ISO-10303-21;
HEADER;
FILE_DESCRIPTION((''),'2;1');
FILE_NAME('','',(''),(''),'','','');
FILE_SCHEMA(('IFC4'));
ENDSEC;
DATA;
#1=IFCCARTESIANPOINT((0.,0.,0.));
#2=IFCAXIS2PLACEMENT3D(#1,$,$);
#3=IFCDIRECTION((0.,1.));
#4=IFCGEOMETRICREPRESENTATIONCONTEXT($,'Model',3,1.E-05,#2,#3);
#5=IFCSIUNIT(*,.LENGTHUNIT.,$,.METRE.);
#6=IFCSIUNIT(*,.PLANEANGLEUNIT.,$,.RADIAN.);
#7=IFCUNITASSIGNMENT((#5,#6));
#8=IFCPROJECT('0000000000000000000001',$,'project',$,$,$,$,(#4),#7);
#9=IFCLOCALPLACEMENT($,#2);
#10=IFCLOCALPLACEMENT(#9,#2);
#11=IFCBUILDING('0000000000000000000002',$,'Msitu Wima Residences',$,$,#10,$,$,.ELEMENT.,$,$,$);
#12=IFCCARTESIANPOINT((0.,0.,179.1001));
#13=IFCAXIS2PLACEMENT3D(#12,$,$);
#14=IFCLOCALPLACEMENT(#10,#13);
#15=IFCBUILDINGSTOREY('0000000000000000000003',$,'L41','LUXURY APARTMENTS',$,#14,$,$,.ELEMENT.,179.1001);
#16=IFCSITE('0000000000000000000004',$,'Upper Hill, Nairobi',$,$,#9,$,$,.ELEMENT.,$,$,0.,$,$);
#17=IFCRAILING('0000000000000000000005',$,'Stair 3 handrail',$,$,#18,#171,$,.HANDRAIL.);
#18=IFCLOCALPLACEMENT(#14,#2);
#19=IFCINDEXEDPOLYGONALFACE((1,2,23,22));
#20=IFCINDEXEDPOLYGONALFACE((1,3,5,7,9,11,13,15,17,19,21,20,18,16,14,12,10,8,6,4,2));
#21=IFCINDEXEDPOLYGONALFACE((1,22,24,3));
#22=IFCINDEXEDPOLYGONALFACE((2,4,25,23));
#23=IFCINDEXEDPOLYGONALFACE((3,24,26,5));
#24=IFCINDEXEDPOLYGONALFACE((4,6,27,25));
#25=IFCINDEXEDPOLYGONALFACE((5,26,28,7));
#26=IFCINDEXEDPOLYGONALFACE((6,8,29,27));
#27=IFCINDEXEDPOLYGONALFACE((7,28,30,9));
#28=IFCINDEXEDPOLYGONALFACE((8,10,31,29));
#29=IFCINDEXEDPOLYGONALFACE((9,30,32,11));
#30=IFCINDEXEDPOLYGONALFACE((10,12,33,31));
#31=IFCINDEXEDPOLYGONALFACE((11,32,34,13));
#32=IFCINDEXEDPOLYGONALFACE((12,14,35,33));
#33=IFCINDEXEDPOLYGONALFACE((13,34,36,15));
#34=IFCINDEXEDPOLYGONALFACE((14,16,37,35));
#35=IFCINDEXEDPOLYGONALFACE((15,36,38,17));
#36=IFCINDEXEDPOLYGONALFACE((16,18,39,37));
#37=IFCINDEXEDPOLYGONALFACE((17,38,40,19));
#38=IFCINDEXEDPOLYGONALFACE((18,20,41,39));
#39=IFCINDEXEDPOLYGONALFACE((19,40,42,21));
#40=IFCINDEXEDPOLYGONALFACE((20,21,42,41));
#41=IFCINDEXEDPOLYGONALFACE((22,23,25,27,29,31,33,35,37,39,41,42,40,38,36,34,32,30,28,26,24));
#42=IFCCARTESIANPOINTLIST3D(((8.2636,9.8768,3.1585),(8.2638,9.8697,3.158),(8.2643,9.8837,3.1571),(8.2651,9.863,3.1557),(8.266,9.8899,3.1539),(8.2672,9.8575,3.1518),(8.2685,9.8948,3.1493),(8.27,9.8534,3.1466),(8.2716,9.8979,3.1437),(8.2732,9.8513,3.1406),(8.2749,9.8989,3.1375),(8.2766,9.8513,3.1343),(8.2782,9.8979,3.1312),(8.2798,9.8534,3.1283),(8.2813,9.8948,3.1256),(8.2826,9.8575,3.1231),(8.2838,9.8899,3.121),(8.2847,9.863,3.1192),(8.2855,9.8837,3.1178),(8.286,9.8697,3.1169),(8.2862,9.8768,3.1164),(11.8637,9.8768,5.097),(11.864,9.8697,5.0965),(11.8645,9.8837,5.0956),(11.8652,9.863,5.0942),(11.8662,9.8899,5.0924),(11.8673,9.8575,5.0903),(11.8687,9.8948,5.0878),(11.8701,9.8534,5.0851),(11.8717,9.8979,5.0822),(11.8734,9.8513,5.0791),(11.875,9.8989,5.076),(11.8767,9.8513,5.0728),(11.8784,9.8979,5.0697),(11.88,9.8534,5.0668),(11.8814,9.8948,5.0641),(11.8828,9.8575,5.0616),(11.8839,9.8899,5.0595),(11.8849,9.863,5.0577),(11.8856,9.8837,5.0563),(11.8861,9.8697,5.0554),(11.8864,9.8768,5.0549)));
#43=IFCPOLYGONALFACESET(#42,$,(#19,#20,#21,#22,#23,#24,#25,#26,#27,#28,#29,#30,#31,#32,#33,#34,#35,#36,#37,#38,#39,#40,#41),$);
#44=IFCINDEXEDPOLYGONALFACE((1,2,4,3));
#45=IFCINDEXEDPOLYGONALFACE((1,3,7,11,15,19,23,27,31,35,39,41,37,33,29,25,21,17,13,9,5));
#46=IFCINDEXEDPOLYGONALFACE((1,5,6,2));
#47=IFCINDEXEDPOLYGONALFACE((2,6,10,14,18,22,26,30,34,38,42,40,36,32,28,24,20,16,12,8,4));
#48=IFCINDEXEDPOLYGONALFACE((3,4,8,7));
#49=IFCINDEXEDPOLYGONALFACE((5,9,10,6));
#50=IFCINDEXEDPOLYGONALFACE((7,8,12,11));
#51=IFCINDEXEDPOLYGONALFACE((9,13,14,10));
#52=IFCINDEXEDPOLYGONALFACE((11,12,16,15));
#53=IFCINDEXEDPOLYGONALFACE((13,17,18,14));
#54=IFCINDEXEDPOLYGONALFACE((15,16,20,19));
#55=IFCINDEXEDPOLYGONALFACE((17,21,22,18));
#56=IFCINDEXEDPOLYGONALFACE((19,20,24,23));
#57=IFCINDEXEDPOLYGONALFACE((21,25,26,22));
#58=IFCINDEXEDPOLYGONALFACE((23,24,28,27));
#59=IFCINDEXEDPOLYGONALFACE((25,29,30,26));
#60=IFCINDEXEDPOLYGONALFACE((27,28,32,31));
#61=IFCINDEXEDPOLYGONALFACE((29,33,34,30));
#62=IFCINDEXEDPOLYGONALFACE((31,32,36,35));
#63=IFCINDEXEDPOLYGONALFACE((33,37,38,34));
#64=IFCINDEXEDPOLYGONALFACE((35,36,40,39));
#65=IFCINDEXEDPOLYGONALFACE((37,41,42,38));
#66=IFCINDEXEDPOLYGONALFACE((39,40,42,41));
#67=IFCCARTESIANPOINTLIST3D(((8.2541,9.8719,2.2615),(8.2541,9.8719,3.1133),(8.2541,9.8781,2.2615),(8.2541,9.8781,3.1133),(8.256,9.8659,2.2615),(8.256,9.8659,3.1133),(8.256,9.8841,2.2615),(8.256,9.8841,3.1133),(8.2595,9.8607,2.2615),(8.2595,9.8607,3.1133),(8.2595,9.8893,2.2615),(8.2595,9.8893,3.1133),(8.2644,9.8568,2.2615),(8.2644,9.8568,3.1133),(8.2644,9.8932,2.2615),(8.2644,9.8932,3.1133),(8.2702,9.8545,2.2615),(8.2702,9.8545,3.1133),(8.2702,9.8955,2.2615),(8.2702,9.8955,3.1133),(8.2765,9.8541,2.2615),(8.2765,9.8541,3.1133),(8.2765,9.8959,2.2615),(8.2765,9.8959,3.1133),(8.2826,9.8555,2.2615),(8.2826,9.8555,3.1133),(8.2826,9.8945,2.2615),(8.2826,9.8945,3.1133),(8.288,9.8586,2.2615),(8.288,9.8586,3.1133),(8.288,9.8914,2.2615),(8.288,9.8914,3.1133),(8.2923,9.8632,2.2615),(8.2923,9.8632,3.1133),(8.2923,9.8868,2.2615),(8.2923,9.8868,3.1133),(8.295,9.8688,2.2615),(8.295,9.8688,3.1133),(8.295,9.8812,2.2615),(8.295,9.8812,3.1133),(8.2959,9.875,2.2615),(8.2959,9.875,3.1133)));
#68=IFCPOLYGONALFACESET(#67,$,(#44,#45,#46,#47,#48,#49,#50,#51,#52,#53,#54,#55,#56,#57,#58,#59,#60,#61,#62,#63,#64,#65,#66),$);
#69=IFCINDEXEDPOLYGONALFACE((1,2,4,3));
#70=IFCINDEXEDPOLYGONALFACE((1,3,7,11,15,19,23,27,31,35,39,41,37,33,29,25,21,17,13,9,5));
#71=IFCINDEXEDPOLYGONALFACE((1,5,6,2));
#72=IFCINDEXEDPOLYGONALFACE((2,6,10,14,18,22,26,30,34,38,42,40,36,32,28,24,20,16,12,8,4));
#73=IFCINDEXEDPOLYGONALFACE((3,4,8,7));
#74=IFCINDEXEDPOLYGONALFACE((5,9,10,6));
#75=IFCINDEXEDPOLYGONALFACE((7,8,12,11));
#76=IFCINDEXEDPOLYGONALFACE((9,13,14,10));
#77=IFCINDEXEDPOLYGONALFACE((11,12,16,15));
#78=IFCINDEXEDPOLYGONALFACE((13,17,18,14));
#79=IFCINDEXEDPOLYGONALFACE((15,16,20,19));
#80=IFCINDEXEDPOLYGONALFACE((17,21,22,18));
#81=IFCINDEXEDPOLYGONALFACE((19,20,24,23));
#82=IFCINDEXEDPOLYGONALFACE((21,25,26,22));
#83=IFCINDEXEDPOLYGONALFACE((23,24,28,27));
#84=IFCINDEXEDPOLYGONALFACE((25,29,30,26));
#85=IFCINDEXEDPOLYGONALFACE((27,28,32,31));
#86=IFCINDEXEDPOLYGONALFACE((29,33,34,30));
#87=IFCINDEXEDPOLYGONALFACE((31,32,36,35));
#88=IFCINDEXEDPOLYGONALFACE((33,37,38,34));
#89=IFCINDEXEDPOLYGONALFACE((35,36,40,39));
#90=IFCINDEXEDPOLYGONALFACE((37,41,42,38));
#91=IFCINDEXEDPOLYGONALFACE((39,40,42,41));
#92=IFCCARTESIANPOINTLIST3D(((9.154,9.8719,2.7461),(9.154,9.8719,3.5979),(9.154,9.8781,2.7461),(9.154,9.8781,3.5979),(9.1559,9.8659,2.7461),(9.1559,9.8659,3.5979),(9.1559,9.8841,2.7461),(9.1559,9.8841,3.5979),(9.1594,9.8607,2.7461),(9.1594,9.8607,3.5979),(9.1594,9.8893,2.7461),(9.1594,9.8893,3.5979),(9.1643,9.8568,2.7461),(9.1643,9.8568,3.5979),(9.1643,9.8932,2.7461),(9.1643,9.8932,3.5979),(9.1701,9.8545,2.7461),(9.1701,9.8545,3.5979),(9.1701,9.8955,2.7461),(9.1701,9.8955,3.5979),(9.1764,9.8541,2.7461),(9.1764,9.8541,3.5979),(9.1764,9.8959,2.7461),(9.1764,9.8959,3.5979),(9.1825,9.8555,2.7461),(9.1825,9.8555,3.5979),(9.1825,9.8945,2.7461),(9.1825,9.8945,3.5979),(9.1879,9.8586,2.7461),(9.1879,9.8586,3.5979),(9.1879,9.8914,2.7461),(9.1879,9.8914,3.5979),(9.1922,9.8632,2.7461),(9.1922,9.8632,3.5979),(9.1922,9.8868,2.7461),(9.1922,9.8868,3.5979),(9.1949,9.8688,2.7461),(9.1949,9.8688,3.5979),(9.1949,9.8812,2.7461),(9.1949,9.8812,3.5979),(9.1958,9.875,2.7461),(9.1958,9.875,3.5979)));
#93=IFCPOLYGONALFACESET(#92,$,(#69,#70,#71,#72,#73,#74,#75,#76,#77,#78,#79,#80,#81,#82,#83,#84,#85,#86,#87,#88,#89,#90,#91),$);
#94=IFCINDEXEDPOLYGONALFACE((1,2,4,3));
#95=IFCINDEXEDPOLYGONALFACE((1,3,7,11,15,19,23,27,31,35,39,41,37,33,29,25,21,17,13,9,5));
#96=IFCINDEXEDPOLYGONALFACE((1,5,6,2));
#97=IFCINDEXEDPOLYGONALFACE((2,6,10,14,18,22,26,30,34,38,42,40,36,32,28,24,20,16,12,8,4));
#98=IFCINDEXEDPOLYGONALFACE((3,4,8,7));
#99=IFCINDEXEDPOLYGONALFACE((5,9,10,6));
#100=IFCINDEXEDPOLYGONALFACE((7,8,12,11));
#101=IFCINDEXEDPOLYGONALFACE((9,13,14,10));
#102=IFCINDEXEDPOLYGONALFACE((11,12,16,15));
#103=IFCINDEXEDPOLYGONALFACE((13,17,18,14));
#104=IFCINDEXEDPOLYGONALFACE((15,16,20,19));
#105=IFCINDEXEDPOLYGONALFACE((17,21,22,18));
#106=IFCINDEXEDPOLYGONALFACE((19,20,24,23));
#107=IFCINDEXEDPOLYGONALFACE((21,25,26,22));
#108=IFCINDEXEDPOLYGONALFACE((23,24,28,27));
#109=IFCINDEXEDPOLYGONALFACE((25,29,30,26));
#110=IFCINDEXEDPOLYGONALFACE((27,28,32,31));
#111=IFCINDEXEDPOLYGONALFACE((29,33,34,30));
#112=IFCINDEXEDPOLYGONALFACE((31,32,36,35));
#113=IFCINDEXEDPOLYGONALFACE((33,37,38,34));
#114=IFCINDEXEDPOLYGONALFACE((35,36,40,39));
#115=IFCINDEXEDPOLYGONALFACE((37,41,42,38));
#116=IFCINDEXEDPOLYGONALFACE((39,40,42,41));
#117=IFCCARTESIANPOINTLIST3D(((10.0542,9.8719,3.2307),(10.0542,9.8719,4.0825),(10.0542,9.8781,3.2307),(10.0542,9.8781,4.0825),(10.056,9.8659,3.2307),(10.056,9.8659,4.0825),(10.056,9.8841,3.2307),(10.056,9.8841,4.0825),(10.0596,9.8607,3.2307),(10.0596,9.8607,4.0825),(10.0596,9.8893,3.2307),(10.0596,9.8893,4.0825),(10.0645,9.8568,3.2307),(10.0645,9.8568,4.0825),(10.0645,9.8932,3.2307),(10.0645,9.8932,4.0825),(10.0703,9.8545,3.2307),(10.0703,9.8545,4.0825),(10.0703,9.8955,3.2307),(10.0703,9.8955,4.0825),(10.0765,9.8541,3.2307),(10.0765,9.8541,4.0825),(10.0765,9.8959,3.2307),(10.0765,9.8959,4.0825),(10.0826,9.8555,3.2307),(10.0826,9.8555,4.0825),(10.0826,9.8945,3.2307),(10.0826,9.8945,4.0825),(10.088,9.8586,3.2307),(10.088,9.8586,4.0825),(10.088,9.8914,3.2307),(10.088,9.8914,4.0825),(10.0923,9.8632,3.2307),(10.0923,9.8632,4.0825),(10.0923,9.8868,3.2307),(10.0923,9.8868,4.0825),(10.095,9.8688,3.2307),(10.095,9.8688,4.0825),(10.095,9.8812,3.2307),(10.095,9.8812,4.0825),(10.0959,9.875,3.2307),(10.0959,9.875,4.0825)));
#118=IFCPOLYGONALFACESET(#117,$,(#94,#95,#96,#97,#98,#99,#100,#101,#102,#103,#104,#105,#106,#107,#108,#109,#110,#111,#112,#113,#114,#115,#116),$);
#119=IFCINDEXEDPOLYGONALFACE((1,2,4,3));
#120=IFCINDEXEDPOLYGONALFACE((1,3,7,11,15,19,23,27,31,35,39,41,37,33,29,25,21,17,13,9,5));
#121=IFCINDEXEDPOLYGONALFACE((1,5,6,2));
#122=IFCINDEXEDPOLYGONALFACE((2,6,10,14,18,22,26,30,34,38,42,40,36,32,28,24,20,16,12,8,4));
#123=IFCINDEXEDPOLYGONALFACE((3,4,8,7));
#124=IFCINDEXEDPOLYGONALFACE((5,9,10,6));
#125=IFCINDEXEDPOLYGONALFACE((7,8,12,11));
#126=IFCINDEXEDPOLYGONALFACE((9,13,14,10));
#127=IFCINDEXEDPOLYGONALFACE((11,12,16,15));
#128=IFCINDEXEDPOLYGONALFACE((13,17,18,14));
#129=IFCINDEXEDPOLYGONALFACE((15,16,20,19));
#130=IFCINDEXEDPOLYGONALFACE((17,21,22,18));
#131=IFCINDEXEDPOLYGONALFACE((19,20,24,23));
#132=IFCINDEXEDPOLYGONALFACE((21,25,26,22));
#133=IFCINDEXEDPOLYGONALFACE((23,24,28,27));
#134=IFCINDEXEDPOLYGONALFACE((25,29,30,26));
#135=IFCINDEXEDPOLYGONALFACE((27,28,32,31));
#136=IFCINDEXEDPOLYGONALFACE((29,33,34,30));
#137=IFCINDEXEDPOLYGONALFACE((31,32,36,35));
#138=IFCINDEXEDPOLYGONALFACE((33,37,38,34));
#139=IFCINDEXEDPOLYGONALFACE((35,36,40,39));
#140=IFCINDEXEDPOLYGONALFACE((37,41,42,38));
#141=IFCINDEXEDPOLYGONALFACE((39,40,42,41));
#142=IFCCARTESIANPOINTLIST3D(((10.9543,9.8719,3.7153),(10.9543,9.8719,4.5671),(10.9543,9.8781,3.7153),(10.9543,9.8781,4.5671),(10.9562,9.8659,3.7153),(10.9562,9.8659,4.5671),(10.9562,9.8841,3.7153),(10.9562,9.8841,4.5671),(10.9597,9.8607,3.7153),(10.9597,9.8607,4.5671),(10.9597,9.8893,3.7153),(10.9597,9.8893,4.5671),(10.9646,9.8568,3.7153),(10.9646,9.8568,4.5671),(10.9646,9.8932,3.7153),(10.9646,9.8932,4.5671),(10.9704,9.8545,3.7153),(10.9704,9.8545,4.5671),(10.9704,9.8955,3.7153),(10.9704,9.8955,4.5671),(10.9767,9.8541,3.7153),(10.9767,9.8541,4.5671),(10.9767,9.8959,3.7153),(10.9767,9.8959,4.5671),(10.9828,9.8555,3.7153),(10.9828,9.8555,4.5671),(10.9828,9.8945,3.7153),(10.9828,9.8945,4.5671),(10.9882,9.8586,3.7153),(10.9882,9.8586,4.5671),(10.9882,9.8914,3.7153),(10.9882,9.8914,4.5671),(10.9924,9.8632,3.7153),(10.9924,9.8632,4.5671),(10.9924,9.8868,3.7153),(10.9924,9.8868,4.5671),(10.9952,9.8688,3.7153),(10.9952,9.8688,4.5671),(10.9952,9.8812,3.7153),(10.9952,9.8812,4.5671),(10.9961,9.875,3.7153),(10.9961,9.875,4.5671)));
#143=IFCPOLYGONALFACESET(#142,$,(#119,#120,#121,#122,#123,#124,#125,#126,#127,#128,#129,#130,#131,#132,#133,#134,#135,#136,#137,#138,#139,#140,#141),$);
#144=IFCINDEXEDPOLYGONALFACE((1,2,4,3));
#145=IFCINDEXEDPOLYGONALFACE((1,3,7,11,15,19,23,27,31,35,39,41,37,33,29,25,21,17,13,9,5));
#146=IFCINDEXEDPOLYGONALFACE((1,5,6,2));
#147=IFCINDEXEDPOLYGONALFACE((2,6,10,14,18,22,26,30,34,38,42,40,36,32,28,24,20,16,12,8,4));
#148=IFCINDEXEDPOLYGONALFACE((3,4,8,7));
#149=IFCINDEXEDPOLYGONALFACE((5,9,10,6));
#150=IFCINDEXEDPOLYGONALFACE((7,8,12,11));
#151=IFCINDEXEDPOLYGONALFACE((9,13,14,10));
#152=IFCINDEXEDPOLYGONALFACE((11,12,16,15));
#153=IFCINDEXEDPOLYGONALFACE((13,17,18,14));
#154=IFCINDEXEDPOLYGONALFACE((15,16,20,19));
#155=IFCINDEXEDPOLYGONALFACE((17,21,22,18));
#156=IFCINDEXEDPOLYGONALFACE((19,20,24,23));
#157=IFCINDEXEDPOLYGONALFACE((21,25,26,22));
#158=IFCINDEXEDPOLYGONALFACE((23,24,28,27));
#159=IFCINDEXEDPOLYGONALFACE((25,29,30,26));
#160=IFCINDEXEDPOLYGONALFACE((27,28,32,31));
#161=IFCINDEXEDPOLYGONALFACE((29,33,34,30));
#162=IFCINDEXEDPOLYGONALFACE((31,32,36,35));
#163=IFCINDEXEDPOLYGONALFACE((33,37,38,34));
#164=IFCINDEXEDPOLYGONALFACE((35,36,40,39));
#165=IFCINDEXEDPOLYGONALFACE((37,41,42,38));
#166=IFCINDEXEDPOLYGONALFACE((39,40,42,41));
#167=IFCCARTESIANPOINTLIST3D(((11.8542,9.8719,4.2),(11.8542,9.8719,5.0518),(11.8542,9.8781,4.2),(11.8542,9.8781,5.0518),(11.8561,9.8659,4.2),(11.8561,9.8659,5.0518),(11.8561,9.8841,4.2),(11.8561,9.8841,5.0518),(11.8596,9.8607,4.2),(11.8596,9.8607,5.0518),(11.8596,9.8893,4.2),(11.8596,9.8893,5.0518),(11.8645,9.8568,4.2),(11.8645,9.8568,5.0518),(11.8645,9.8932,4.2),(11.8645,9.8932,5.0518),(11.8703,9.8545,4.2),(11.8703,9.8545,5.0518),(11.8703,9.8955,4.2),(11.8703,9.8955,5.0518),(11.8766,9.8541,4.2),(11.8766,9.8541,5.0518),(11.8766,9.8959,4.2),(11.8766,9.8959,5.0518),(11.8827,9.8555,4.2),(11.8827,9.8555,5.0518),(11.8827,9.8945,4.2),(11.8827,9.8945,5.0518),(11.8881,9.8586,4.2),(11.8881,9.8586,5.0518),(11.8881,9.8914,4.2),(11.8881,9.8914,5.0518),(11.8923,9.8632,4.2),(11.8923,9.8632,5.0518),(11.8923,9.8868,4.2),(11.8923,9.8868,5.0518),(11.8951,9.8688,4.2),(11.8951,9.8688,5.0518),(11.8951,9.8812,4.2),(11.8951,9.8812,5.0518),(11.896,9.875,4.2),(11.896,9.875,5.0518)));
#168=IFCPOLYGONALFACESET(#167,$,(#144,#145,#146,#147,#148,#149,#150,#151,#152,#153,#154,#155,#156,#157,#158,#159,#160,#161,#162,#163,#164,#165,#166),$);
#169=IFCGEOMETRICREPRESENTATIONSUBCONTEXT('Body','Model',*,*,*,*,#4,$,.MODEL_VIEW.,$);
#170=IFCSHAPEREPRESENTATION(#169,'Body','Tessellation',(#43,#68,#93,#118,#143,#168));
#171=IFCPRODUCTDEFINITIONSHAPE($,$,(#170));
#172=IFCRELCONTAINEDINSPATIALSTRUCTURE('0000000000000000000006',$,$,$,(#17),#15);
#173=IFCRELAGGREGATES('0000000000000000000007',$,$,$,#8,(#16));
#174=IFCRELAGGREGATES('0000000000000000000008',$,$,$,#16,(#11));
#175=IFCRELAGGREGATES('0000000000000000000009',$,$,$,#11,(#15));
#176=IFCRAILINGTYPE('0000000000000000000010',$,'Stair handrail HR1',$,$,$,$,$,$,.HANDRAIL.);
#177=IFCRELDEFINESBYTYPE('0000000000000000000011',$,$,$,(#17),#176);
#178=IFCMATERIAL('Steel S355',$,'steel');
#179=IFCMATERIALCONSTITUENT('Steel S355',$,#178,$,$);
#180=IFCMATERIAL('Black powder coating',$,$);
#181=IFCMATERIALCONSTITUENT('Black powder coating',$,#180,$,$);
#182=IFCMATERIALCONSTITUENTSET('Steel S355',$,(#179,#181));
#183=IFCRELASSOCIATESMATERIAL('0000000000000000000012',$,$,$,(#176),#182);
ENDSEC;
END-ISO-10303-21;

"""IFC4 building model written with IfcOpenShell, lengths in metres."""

from ifc_helpers import new_model, si_unit, direction, frame, origin, origin_2d, place, context, subcontext, project, spatial, circle, extrude, material, constituent, constituent_set, type_object, element, save


model = new_model("IFC4")

# Units and contexts
model_context = context("Model", 3, precision=1e-05, world=origin(), true_north=direction((0.0, 1.0)))
body_context = subcontext(model_context, "Body", "Model", "MODEL_VIEW")
ifc_project = project(units=[si_unit("LENGTHUNIT", "METRE"), si_unit("PLANEANGLEUNIT", "RADIAN")], contexts=[model_context])

# Site, building, storey
site_placement = place(None, origin())
site = spatial("IfcSite", under=ifc_project, at=site_placement, Name="Upper Hill, Nairobi", CompositionType="ELEMENT", RefElevation=0.0)
building_placement = place(site_placement, origin())
building = spatial("IfcBuilding", under=site, at=building_placement, Name="Msitu Wima Residences", CompositionType="ELEMENT")
storey_placement = place(building_placement, frame((0.0, 0.0, 179.1001)))
storey = spatial("IfcBuildingStorey", under=building, at=storey_placement, Name="L41", Description="LUXURY APARTMENTS", CompositionType="ELEMENT", Elevation=179.1001)

# Railing
ifc_material_1 = material(Name="Steel S355", Category="steel")
ifc_constituent_1 = constituent(ifc_material_1, Name="Steel S355")
ifc_material_2 = material(Name="Black powder coating")
ifc_constituent_2 = constituent(ifc_material_2, Name="Black powder coating")
ifc_constituent_set = constituent_set(constituents=[ifc_constituent_1, ifc_constituent_2], Name="Steel S355")
railing_type = type_object("IfcRailingType", Name="Stair handrail HR1", PredefinedType="HANDRAIL", material=ifc_constituent_set)
railing_placement = place(storey_placement, frame((8.2749, 9.875, 2.2615)))
element("IfcRailing", 1, at=railing_placement, inside=storey, type_object=railing_type, Name="Stair 3 handrail", PredefinedType="HANDRAIL", context=body_context, shape_type="SweptSolid", body=[
    extrude(circle(Radius=0.0239, at=origin_2d()), frame((0.0, 0.0, 0.876), z_axis=(0.880475, 0.0, 0.474093), x_axis=(0.0, 1.0, 0.0)), (0.0, 0.0, 1.0), 4.0889),
    extrude(circle(Radius=0.021, at=origin_2d()), origin(), (0.0, 0.0, 1.0), 0.8518),
    extrude(circle(Radius=0.021, at=origin_2d()), frame((0.8999, 0.0, 0.4846)), (0.0, 0.0, 1.0), 0.8518),
    extrude(circle(Radius=0.021, at=origin_2d()), frame((1.8, 0.0, 0.9692)), (0.0, 0.0, 1.0), 0.8518),
    extrude(circle(Radius=0.021, at=origin_2d()), frame((2.7002, 0.0, 1.4539)), (0.0, 0.0, 1.0), 0.8518),
    extrude(circle(Radius=0.021, at=origin_2d()), frame((3.6001, 0.0, 1.9385)), (0.0, 0.0, 1.0), 0.8518),
])

save(model, "model.ifc")
